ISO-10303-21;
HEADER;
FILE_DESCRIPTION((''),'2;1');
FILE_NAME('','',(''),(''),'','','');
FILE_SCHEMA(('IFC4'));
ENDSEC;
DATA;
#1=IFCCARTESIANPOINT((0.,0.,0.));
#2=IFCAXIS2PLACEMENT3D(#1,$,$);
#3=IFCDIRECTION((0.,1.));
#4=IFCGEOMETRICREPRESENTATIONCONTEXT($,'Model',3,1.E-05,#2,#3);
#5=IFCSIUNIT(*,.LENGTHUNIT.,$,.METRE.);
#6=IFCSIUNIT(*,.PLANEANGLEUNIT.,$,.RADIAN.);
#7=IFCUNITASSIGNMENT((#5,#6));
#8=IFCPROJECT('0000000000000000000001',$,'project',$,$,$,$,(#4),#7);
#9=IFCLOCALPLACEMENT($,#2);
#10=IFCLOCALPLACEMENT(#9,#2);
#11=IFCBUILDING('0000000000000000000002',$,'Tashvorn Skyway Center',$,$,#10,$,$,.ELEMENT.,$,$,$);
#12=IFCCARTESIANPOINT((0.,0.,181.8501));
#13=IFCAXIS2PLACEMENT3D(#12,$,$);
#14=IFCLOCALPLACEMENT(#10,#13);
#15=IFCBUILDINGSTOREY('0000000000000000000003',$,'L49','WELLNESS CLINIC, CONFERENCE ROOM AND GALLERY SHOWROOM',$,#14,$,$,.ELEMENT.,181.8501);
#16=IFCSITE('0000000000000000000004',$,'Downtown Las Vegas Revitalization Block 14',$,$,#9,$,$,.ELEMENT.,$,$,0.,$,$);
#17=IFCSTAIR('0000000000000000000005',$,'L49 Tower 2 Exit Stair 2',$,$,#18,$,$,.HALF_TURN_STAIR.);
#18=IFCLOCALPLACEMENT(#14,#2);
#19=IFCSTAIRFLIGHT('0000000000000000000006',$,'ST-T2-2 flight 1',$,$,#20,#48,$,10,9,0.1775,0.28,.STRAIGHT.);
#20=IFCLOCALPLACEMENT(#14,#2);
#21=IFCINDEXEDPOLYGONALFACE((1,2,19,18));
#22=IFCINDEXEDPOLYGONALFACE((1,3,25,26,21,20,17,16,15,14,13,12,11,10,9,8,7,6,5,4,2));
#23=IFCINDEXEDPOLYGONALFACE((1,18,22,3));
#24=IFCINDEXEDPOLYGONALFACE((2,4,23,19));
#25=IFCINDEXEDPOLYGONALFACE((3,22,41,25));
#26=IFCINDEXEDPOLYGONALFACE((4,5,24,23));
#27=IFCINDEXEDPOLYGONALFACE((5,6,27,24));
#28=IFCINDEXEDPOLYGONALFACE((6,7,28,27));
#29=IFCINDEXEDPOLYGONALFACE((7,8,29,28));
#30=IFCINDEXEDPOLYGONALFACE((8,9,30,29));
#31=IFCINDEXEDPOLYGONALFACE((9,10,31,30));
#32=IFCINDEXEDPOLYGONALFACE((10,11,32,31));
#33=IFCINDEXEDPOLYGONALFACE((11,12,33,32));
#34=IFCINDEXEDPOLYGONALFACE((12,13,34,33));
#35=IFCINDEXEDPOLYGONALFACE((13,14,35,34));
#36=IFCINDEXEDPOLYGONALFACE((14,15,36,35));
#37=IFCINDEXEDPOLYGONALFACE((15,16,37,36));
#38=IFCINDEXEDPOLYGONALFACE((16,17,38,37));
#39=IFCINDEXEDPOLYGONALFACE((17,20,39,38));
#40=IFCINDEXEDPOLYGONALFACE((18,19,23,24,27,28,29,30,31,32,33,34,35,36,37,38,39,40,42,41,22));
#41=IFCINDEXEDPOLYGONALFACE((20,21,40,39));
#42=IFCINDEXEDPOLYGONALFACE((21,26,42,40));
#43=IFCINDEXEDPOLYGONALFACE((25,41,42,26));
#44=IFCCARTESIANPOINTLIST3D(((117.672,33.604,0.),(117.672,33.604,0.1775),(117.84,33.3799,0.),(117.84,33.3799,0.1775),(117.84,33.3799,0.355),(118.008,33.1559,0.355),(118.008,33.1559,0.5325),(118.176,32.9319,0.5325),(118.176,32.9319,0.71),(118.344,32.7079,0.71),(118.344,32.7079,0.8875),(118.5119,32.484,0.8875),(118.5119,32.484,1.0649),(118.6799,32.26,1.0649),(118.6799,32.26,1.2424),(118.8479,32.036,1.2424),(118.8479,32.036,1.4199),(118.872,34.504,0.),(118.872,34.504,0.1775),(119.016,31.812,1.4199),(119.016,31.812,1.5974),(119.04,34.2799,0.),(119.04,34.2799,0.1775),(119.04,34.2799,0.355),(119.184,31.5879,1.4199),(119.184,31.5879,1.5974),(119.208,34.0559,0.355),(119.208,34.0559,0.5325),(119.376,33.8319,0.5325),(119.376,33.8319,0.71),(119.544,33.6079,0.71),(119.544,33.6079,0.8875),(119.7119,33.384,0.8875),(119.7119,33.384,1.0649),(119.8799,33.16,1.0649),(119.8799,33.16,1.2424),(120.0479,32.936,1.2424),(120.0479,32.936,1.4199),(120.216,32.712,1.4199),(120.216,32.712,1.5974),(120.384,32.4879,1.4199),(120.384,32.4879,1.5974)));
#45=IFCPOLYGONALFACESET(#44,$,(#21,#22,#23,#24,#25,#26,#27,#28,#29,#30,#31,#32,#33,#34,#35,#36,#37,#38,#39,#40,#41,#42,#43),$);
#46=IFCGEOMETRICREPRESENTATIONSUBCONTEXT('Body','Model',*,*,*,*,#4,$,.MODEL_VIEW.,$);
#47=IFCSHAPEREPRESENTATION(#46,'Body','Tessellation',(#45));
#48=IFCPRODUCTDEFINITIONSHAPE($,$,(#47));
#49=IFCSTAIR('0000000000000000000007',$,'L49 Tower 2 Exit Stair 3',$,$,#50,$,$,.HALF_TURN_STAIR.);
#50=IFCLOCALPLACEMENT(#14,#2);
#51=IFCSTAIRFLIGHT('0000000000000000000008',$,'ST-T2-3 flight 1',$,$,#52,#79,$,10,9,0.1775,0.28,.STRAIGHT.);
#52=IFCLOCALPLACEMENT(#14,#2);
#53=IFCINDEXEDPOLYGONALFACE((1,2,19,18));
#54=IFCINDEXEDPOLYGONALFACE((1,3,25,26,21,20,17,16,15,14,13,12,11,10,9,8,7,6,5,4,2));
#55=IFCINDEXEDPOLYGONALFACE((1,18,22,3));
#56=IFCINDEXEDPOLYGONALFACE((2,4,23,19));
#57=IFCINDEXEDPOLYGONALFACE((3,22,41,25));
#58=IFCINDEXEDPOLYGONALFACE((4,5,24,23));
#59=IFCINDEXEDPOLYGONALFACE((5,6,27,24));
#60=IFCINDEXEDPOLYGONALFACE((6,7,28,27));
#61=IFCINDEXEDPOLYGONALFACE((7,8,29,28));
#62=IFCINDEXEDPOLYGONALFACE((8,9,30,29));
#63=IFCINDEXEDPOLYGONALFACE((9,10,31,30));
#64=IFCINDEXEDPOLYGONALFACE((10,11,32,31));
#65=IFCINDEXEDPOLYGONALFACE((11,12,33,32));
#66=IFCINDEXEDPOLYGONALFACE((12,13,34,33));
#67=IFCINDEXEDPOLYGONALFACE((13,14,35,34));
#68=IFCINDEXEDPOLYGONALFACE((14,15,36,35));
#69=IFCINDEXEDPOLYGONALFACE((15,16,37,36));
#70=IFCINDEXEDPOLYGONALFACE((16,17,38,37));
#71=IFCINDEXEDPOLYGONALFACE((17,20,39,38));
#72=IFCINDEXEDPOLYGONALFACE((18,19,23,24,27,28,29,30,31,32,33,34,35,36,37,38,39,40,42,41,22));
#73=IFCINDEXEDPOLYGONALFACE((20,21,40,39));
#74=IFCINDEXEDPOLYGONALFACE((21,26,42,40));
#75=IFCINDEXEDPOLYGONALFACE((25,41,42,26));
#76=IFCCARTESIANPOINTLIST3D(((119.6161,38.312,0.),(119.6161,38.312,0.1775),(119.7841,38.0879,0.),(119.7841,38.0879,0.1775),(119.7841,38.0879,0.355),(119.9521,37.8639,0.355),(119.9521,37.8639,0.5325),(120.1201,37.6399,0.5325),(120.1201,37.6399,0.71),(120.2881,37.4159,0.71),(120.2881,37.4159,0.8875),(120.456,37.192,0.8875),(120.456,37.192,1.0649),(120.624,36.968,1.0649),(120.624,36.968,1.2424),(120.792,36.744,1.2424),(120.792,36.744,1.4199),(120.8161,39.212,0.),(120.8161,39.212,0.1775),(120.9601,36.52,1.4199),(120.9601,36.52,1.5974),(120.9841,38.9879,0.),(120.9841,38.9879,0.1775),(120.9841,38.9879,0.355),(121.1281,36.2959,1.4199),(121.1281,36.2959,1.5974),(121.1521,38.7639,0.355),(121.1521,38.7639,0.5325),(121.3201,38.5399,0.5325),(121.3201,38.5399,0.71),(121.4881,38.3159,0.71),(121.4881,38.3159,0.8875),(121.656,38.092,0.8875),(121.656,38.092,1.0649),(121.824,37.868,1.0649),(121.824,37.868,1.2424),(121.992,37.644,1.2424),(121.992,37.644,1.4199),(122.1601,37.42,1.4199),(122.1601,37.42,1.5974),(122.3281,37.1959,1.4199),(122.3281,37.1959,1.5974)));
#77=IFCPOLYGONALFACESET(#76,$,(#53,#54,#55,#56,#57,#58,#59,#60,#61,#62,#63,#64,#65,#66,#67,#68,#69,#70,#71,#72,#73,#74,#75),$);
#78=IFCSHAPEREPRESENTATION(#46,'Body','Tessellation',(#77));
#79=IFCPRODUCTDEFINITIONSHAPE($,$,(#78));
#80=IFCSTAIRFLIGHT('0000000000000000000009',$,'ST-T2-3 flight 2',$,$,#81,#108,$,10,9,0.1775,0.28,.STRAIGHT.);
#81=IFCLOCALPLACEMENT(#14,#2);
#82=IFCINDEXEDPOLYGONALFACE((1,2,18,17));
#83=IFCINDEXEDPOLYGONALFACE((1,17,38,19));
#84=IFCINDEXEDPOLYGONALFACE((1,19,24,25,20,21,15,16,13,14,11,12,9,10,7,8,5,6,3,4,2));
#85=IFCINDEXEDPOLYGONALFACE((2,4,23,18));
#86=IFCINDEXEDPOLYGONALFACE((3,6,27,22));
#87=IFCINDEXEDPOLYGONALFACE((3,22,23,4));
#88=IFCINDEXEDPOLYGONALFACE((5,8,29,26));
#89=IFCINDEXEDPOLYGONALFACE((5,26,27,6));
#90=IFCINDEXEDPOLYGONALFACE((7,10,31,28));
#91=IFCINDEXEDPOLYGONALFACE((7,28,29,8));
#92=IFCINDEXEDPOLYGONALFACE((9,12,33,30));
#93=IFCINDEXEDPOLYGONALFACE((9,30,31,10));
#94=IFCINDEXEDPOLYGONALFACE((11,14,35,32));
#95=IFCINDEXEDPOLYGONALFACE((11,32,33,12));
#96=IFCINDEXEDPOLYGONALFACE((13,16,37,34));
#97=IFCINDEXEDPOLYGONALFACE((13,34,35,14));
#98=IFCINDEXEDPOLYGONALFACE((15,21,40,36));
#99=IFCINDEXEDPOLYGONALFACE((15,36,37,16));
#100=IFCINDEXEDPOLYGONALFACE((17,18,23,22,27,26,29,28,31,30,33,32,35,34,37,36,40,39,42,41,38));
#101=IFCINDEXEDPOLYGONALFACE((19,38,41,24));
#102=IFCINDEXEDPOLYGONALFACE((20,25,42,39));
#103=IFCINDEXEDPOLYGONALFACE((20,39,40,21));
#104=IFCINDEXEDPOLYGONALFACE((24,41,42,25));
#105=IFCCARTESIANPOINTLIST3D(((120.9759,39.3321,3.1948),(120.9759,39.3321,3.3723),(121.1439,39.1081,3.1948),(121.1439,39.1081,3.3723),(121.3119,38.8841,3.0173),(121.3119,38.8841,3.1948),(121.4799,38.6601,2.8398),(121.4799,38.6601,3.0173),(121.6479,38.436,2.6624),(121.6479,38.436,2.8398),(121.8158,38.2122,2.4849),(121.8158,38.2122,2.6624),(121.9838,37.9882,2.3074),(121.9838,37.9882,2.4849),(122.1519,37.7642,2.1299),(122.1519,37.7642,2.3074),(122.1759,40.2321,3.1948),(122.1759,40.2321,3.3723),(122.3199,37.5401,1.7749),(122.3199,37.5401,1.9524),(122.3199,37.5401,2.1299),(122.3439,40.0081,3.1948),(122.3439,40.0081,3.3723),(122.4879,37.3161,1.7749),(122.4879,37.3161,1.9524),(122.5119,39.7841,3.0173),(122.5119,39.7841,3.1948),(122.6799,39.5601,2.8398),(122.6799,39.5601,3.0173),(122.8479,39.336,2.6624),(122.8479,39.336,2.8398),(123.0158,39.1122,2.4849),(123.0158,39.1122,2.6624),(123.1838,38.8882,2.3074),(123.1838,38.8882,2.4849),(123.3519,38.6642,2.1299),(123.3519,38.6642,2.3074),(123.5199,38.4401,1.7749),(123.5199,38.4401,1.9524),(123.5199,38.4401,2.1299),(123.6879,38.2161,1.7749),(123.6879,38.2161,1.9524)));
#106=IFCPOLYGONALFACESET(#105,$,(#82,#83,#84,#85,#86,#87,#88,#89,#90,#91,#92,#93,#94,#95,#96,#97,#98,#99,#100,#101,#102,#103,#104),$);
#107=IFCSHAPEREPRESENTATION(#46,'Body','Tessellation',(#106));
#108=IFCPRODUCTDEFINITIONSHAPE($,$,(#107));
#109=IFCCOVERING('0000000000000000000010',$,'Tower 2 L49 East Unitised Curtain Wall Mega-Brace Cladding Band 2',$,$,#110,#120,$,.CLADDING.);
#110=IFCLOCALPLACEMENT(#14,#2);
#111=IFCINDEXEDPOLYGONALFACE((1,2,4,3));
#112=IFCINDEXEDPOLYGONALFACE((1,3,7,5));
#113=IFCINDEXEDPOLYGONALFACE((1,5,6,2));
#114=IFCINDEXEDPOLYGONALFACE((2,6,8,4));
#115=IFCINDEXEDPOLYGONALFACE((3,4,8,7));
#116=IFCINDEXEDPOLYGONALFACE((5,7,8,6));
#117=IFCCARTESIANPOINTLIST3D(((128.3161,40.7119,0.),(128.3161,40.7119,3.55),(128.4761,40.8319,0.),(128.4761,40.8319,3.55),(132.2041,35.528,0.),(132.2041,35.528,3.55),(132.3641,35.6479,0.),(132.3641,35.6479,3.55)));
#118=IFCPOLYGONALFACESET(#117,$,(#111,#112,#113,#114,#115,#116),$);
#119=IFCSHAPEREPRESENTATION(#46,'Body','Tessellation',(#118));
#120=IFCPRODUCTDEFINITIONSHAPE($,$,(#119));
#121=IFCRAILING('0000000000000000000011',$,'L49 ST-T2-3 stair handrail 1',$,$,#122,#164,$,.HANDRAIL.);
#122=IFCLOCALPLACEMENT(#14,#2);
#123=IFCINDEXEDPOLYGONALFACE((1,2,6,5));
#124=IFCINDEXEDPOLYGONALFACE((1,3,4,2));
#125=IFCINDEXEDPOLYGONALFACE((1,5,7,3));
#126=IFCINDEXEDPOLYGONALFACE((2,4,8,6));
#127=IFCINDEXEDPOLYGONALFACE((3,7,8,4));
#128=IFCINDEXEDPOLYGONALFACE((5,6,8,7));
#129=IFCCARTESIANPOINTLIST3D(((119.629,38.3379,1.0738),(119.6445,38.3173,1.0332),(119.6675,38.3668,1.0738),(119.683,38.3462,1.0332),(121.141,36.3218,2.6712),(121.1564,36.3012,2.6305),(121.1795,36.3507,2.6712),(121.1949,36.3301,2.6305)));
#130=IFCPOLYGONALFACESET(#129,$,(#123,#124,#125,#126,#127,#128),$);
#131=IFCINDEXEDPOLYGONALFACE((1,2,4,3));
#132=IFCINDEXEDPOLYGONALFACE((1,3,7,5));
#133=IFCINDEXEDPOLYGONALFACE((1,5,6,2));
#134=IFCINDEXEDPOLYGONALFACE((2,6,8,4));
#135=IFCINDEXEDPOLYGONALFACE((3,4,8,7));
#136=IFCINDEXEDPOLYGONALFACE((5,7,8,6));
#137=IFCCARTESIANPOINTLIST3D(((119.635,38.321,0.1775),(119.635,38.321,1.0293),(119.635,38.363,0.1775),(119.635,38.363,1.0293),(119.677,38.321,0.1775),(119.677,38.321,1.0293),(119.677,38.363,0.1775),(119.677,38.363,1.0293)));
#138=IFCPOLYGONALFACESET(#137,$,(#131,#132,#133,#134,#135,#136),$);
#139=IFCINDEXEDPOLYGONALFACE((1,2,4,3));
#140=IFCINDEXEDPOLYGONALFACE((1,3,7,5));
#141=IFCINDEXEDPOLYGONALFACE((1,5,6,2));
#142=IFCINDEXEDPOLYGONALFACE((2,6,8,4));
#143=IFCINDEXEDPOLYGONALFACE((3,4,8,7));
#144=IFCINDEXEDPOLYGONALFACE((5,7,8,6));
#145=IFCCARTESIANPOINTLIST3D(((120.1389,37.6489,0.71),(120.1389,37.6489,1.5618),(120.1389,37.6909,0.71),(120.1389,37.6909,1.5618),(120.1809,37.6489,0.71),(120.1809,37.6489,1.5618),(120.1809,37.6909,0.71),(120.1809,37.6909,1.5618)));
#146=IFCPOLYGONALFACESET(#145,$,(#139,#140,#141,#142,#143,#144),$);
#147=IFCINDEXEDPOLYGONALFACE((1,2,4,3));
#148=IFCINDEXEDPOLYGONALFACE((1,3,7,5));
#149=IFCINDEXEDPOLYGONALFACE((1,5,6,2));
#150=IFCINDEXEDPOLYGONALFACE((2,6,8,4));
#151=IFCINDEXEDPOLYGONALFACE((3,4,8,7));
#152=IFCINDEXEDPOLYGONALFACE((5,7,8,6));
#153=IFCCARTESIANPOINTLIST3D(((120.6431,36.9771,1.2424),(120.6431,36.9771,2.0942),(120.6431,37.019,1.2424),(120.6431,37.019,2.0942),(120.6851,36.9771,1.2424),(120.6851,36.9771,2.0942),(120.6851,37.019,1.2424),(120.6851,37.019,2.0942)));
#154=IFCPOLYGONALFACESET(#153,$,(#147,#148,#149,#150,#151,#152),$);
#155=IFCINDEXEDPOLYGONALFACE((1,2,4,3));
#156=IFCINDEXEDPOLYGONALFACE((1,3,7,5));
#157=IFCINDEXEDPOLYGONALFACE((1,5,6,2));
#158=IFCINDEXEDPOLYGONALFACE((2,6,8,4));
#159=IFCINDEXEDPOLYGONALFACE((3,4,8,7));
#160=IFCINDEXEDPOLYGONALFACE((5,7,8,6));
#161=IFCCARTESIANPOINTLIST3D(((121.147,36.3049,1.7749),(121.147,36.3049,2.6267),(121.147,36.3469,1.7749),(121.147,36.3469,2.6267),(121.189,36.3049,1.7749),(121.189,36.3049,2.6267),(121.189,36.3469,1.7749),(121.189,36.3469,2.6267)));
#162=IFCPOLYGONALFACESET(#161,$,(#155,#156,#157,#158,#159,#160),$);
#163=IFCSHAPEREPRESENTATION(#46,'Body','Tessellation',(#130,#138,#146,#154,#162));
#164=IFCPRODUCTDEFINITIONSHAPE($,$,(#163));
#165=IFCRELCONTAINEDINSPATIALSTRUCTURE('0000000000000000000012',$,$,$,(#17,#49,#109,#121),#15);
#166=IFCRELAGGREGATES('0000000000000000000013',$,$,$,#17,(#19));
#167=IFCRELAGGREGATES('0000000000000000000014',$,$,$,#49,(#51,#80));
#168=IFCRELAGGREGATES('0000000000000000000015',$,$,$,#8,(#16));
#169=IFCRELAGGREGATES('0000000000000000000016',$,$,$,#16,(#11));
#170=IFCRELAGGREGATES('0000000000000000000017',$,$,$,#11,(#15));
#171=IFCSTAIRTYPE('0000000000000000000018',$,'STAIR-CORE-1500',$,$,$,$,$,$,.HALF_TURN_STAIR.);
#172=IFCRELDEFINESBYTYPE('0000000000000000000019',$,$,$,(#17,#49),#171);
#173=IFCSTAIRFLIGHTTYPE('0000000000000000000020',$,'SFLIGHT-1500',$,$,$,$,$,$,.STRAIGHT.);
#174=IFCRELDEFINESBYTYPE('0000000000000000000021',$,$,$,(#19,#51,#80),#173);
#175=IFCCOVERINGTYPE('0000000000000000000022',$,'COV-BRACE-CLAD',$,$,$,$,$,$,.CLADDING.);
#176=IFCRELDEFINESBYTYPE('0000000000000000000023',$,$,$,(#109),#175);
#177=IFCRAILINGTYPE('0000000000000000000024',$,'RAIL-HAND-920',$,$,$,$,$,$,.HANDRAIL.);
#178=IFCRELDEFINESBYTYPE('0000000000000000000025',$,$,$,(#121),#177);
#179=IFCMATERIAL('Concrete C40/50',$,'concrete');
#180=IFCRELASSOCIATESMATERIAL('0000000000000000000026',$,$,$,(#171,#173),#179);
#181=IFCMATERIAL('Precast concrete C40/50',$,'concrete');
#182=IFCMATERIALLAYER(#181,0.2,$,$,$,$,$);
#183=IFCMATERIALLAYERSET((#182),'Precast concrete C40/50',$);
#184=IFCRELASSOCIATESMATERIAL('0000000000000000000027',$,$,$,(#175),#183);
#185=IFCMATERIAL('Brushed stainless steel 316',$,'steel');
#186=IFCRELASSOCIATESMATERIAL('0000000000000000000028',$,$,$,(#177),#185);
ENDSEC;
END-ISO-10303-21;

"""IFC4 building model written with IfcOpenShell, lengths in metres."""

from ifc_helpers import new_model, si_unit, direction, frame, origin, origin_2d, place, context, subcontext, project, spatial, polyline, rectangle, outline, extrude, material, layer, layer_set, type_object, element, aggregate, save


model = new_model("IFC4")

# Units and contexts
model_context = context("Model", 3, precision=1e-05, world=origin(), true_north=direction((0.0, 1.0)))
body_context = subcontext(model_context, "Body", "Model", "MODEL_VIEW")
ifc_project = project(units=[si_unit("LENGTHUNIT", "METRE"), si_unit("PLANEANGLEUNIT", "RADIAN")], contexts=[model_context])

# Site, building, storey
site_placement = place(None, origin())
site = spatial("IfcSite", under=ifc_project, at=site_placement, Name="Downtown Las Vegas Revitalization Block 14", CompositionType="ELEMENT", RefElevation=0.0)
building_placement = place(site_placement, origin())
building = spatial("IfcBuilding", under=site, at=building_placement, Name="Tashvorn Skyway Center", CompositionType="ELEMENT")
storey_placement = place(building_placement, frame((0.0, 0.0, 181.8501)))
storey = spatial("IfcBuildingStorey", under=building, at=storey_placement, Name="L49", Description="WELLNESS CLINIC, CONFERENCE ROOM AND GALLERY SHOWROOM", CompositionType="ELEMENT", Elevation=181.8501)

# Shared definitions
ifc_material_1 = material(Name="Concrete C40/50", Category="concrete")

# Stair, stair flight
stair_type = type_object("IfcStairType", Name="STAIR-CORE-1500", PredefinedType="HALF_TURN_STAIR", material=ifc_material_1)
stair_1_placement = place(storey_placement, origin())
stair_1 = element("IfcStair", 1, at=stair_1_placement, inside=storey, type_object=stair_type, Name="L49 Tower 2 Exit Stair 2", PredefinedType="HALF_TURN_STAIR")
stair_flight_type = type_object("IfcStairFlightType", Name="SFLIGHT-1500", PredefinedType="STRAIGHT", material=ifc_material_1)
stair_flight_1_placement = place(storey_placement, frame((118.272, 34.054, 0.0), z_axis=(0.0, 0.0, 1.0), x_axis=(0.6, -0.8, 0.0)))
stair_flight_1 = element("IfcStairFlight", 2, at=stair_flight_1_placement, type_object=stair_flight_type, Name="ST-T2-2 flight 1", NumberOfRisers=10, NumberOfTreads=9, PredefinedType="STRAIGHT", RiserHeight=0.1775, TreadLength=0.28, context=body_context, shape_type="SweptSolid", body=[
    extrude(outline(polyline([(0.0, 0.0), (0.0, 0.1775), (0.28, 0.1775), (0.28, 0.355), (0.5601, 0.355), (0.5601, 0.5325), (0.8401, 0.5325), (0.8401, 0.71), (1.1201, 0.71), (1.1201, 0.8875), (1.3999, 0.8875), (1.3999, 1.0649), (1.6799, 1.0649), (1.6799, 1.2424), (1.96, 1.2424), (1.96, 1.4199), (2.24, 1.4199), (2.24, 1.5974), (2.52, 1.5974), (2.52, 1.7749), (2.52, 1.4199), (0.28, 0.0), (0.0, 0.0)])), frame((0.0, 0.75, 0.0), z_axis=(0.0, -1.0, 0.0), x_axis=(1.0, 0.0, 0.0)), (0.0, 0.0, 1.0), 1.5),
])
aggregate(stair_1, [stair_flight_1])

# Stair, stair flights
stair_2_placement = place(storey_placement, origin())
stair_2 = element("IfcStair", 3, at=stair_2_placement, inside=storey, type_object=stair_type, Name="L49 Tower 2 Exit Stair 3", PredefinedType="HALF_TURN_STAIR")
stair_flight_2_placement = place(storey_placement, frame((120.2161, 38.762, 0.0), z_axis=(0.0, 0.0, 1.0), x_axis=(0.6, -0.8, 0.0)))
stair_flight_2 = element("IfcStairFlight", 4, at=stair_flight_2_placement, type_object=stair_flight_type, Name="ST-T2-3 flight 1", NumberOfRisers=10, NumberOfTreads=9, PredefinedType="STRAIGHT", RiserHeight=0.1775, TreadLength=0.28, context=body_context, shape_type="SweptSolid", body=[
    extrude(outline(polyline([(0.0, 0.0), (0.0, 0.1775), (0.28, 0.1775), (0.28, 0.355), (0.5601, 0.355), (0.5601, 0.5325), (0.8401, 0.5325), (0.8401, 0.71), (1.1201, 0.71), (1.1201, 0.8875), (1.3999, 0.8875), (1.3999, 1.0649), (1.6799, 1.0649), (1.6799, 1.2424), (1.96, 1.2424), (1.96, 1.4199), (2.24, 1.4199), (2.24, 1.5974), (2.52, 1.5974), (2.52, 1.7749), (2.52, 1.4199), (0.28, 0.0), (0.0, 0.0)])), frame((0.0, 0.75, 0.0), z_axis=(0.0, -1.0, 0.0), x_axis=(1.0, 0.0, 0.0)), (0.0, 0.0, 1.0), 1.5),
])
stair_flight_3_placement = place(storey_placement, frame((123.0879, 37.7661, 1.7749), z_axis=(0.0, 0.0, 1.0), x_axis=(-0.6, 0.8, 0.0)))
stair_flight_3 = element("IfcStairFlight", 5, at=stair_flight_3_placement, type_object=stair_flight_type, Name="ST-T2-3 flight 2", NumberOfRisers=10, NumberOfTreads=9, PredefinedType="STRAIGHT", RiserHeight=0.1775, TreadLength=0.28, context=body_context, shape_type="SweptSolid", body=[
    extrude(outline(polyline([(0.0, 0.0), (0.0, 0.1775), (0.28, 0.1775), (0.28, 0.355), (0.5601, 0.355), (0.5601, 0.5325), (0.8401, 0.5325), (0.8401, 0.71), (1.1201, 0.71), (1.1201, 0.8875), (1.3999, 0.8875), (1.3999, 1.0649), (1.6799, 1.0649), (1.6799, 1.2424), (1.96, 1.2424), (1.96, 1.4199), (2.24, 1.4199), (2.24, 1.5974), (2.52, 1.5974), (2.52, 1.7749), (2.52, 1.4199), (0.28, 0.0), (0.0, 0.0)])), frame((0.0, 0.75, 0.0), z_axis=(0.0, -1.0, 0.0), x_axis=(1.0, 0.0, 0.0)), (0.0, 0.0, 1.0), 1.5),
])
aggregate(stair_2, [stair_flight_2, stair_flight_3])

# Covering
ifc_material_2 = material(Name="Precast concrete C40/50", Category="concrete")
ifc_layer_1 = layer(ifc_material_2, 0.2)
ifc_layer_set_1 = layer_set([ifc_layer_1], Name="Precast concrete C40/50")
covering_type = type_object("IfcCoveringType", Name="COV-BRACE-CLAD", PredefinedType="CLADDING", material=ifc_layer_set_1)
covering_placement = place(storey_placement, frame((130.3401, 38.1799, 0.0), z_axis=(0.0, 0.0, 1.0), x_axis=(0.6, -0.8, 0.0)))
element("IfcCovering", 6, at=covering_placement, inside=storey, type_object=covering_type, Name="Tower 2 L49 East Unitised Curtain Wall Mega-Brace Cladding Band 2", PredefinedType="CLADDING", context=body_context, shape_type="SweptSolid", body=[
    extrude(rectangle(XDim=6.48, YDim=0.2, at=origin_2d()), origin(), (0.0, 0.0, 1.0), 3.55),
])

# Railing
ifc_material_3 = material(Name="Brushed stainless steel 316", Category="steel")
railing_type_1 = type_object("IfcRailingType", Name="RAIL-HAND-920", PredefinedType="HANDRAIL", material=ifc_material_3)
railing_1_placement = place(storey_placement, frame((119.656, 38.342, 0.1775)))
element("IfcRailing", 7, at=railing_1_placement, inside=storey, type_object=railing_type_1, Name="L49 ST-T2-3 stair handrail 1", PredefinedType="HANDRAIL", context=body_context, shape_type="SweptSolid", body=[
    extrude(rectangle(XDim=0.0481, YDim=0.0481, at=origin_2d()), frame((0.0, 0.0, 0.876), z_axis=(0.506741, -0.675709, 0.535379), x_axis=(0.800023, 0.599969, 0.0)), (0.0, 0.0, 1.0), 2.9836),
    extrude(rectangle(XDim=0.042, YDim=0.042, at=origin_2d()), origin(), (0.0, 0.0, 1.0), 0.8518),
    extrude(rectangle(XDim=0.042, YDim=0.042, at=origin_2d()), frame((0.5039, -0.6721, 0.5325)), (0.0, 0.0, 1.0), 0.8518),
    extrude(rectangle(XDim=0.042, YDim=0.042, at=origin_2d()), frame((1.0081, -1.344, 1.0649)), (0.0, 0.0, 1.0), 0.8518),
    extrude(rectangle(XDim=0.042, YDim=0.042, at=origin_2d()), frame((1.512, -2.0161, 1.5974)), (0.0, 0.0, 1.0), 0.8518),
])

save(model, "model.ifc")
